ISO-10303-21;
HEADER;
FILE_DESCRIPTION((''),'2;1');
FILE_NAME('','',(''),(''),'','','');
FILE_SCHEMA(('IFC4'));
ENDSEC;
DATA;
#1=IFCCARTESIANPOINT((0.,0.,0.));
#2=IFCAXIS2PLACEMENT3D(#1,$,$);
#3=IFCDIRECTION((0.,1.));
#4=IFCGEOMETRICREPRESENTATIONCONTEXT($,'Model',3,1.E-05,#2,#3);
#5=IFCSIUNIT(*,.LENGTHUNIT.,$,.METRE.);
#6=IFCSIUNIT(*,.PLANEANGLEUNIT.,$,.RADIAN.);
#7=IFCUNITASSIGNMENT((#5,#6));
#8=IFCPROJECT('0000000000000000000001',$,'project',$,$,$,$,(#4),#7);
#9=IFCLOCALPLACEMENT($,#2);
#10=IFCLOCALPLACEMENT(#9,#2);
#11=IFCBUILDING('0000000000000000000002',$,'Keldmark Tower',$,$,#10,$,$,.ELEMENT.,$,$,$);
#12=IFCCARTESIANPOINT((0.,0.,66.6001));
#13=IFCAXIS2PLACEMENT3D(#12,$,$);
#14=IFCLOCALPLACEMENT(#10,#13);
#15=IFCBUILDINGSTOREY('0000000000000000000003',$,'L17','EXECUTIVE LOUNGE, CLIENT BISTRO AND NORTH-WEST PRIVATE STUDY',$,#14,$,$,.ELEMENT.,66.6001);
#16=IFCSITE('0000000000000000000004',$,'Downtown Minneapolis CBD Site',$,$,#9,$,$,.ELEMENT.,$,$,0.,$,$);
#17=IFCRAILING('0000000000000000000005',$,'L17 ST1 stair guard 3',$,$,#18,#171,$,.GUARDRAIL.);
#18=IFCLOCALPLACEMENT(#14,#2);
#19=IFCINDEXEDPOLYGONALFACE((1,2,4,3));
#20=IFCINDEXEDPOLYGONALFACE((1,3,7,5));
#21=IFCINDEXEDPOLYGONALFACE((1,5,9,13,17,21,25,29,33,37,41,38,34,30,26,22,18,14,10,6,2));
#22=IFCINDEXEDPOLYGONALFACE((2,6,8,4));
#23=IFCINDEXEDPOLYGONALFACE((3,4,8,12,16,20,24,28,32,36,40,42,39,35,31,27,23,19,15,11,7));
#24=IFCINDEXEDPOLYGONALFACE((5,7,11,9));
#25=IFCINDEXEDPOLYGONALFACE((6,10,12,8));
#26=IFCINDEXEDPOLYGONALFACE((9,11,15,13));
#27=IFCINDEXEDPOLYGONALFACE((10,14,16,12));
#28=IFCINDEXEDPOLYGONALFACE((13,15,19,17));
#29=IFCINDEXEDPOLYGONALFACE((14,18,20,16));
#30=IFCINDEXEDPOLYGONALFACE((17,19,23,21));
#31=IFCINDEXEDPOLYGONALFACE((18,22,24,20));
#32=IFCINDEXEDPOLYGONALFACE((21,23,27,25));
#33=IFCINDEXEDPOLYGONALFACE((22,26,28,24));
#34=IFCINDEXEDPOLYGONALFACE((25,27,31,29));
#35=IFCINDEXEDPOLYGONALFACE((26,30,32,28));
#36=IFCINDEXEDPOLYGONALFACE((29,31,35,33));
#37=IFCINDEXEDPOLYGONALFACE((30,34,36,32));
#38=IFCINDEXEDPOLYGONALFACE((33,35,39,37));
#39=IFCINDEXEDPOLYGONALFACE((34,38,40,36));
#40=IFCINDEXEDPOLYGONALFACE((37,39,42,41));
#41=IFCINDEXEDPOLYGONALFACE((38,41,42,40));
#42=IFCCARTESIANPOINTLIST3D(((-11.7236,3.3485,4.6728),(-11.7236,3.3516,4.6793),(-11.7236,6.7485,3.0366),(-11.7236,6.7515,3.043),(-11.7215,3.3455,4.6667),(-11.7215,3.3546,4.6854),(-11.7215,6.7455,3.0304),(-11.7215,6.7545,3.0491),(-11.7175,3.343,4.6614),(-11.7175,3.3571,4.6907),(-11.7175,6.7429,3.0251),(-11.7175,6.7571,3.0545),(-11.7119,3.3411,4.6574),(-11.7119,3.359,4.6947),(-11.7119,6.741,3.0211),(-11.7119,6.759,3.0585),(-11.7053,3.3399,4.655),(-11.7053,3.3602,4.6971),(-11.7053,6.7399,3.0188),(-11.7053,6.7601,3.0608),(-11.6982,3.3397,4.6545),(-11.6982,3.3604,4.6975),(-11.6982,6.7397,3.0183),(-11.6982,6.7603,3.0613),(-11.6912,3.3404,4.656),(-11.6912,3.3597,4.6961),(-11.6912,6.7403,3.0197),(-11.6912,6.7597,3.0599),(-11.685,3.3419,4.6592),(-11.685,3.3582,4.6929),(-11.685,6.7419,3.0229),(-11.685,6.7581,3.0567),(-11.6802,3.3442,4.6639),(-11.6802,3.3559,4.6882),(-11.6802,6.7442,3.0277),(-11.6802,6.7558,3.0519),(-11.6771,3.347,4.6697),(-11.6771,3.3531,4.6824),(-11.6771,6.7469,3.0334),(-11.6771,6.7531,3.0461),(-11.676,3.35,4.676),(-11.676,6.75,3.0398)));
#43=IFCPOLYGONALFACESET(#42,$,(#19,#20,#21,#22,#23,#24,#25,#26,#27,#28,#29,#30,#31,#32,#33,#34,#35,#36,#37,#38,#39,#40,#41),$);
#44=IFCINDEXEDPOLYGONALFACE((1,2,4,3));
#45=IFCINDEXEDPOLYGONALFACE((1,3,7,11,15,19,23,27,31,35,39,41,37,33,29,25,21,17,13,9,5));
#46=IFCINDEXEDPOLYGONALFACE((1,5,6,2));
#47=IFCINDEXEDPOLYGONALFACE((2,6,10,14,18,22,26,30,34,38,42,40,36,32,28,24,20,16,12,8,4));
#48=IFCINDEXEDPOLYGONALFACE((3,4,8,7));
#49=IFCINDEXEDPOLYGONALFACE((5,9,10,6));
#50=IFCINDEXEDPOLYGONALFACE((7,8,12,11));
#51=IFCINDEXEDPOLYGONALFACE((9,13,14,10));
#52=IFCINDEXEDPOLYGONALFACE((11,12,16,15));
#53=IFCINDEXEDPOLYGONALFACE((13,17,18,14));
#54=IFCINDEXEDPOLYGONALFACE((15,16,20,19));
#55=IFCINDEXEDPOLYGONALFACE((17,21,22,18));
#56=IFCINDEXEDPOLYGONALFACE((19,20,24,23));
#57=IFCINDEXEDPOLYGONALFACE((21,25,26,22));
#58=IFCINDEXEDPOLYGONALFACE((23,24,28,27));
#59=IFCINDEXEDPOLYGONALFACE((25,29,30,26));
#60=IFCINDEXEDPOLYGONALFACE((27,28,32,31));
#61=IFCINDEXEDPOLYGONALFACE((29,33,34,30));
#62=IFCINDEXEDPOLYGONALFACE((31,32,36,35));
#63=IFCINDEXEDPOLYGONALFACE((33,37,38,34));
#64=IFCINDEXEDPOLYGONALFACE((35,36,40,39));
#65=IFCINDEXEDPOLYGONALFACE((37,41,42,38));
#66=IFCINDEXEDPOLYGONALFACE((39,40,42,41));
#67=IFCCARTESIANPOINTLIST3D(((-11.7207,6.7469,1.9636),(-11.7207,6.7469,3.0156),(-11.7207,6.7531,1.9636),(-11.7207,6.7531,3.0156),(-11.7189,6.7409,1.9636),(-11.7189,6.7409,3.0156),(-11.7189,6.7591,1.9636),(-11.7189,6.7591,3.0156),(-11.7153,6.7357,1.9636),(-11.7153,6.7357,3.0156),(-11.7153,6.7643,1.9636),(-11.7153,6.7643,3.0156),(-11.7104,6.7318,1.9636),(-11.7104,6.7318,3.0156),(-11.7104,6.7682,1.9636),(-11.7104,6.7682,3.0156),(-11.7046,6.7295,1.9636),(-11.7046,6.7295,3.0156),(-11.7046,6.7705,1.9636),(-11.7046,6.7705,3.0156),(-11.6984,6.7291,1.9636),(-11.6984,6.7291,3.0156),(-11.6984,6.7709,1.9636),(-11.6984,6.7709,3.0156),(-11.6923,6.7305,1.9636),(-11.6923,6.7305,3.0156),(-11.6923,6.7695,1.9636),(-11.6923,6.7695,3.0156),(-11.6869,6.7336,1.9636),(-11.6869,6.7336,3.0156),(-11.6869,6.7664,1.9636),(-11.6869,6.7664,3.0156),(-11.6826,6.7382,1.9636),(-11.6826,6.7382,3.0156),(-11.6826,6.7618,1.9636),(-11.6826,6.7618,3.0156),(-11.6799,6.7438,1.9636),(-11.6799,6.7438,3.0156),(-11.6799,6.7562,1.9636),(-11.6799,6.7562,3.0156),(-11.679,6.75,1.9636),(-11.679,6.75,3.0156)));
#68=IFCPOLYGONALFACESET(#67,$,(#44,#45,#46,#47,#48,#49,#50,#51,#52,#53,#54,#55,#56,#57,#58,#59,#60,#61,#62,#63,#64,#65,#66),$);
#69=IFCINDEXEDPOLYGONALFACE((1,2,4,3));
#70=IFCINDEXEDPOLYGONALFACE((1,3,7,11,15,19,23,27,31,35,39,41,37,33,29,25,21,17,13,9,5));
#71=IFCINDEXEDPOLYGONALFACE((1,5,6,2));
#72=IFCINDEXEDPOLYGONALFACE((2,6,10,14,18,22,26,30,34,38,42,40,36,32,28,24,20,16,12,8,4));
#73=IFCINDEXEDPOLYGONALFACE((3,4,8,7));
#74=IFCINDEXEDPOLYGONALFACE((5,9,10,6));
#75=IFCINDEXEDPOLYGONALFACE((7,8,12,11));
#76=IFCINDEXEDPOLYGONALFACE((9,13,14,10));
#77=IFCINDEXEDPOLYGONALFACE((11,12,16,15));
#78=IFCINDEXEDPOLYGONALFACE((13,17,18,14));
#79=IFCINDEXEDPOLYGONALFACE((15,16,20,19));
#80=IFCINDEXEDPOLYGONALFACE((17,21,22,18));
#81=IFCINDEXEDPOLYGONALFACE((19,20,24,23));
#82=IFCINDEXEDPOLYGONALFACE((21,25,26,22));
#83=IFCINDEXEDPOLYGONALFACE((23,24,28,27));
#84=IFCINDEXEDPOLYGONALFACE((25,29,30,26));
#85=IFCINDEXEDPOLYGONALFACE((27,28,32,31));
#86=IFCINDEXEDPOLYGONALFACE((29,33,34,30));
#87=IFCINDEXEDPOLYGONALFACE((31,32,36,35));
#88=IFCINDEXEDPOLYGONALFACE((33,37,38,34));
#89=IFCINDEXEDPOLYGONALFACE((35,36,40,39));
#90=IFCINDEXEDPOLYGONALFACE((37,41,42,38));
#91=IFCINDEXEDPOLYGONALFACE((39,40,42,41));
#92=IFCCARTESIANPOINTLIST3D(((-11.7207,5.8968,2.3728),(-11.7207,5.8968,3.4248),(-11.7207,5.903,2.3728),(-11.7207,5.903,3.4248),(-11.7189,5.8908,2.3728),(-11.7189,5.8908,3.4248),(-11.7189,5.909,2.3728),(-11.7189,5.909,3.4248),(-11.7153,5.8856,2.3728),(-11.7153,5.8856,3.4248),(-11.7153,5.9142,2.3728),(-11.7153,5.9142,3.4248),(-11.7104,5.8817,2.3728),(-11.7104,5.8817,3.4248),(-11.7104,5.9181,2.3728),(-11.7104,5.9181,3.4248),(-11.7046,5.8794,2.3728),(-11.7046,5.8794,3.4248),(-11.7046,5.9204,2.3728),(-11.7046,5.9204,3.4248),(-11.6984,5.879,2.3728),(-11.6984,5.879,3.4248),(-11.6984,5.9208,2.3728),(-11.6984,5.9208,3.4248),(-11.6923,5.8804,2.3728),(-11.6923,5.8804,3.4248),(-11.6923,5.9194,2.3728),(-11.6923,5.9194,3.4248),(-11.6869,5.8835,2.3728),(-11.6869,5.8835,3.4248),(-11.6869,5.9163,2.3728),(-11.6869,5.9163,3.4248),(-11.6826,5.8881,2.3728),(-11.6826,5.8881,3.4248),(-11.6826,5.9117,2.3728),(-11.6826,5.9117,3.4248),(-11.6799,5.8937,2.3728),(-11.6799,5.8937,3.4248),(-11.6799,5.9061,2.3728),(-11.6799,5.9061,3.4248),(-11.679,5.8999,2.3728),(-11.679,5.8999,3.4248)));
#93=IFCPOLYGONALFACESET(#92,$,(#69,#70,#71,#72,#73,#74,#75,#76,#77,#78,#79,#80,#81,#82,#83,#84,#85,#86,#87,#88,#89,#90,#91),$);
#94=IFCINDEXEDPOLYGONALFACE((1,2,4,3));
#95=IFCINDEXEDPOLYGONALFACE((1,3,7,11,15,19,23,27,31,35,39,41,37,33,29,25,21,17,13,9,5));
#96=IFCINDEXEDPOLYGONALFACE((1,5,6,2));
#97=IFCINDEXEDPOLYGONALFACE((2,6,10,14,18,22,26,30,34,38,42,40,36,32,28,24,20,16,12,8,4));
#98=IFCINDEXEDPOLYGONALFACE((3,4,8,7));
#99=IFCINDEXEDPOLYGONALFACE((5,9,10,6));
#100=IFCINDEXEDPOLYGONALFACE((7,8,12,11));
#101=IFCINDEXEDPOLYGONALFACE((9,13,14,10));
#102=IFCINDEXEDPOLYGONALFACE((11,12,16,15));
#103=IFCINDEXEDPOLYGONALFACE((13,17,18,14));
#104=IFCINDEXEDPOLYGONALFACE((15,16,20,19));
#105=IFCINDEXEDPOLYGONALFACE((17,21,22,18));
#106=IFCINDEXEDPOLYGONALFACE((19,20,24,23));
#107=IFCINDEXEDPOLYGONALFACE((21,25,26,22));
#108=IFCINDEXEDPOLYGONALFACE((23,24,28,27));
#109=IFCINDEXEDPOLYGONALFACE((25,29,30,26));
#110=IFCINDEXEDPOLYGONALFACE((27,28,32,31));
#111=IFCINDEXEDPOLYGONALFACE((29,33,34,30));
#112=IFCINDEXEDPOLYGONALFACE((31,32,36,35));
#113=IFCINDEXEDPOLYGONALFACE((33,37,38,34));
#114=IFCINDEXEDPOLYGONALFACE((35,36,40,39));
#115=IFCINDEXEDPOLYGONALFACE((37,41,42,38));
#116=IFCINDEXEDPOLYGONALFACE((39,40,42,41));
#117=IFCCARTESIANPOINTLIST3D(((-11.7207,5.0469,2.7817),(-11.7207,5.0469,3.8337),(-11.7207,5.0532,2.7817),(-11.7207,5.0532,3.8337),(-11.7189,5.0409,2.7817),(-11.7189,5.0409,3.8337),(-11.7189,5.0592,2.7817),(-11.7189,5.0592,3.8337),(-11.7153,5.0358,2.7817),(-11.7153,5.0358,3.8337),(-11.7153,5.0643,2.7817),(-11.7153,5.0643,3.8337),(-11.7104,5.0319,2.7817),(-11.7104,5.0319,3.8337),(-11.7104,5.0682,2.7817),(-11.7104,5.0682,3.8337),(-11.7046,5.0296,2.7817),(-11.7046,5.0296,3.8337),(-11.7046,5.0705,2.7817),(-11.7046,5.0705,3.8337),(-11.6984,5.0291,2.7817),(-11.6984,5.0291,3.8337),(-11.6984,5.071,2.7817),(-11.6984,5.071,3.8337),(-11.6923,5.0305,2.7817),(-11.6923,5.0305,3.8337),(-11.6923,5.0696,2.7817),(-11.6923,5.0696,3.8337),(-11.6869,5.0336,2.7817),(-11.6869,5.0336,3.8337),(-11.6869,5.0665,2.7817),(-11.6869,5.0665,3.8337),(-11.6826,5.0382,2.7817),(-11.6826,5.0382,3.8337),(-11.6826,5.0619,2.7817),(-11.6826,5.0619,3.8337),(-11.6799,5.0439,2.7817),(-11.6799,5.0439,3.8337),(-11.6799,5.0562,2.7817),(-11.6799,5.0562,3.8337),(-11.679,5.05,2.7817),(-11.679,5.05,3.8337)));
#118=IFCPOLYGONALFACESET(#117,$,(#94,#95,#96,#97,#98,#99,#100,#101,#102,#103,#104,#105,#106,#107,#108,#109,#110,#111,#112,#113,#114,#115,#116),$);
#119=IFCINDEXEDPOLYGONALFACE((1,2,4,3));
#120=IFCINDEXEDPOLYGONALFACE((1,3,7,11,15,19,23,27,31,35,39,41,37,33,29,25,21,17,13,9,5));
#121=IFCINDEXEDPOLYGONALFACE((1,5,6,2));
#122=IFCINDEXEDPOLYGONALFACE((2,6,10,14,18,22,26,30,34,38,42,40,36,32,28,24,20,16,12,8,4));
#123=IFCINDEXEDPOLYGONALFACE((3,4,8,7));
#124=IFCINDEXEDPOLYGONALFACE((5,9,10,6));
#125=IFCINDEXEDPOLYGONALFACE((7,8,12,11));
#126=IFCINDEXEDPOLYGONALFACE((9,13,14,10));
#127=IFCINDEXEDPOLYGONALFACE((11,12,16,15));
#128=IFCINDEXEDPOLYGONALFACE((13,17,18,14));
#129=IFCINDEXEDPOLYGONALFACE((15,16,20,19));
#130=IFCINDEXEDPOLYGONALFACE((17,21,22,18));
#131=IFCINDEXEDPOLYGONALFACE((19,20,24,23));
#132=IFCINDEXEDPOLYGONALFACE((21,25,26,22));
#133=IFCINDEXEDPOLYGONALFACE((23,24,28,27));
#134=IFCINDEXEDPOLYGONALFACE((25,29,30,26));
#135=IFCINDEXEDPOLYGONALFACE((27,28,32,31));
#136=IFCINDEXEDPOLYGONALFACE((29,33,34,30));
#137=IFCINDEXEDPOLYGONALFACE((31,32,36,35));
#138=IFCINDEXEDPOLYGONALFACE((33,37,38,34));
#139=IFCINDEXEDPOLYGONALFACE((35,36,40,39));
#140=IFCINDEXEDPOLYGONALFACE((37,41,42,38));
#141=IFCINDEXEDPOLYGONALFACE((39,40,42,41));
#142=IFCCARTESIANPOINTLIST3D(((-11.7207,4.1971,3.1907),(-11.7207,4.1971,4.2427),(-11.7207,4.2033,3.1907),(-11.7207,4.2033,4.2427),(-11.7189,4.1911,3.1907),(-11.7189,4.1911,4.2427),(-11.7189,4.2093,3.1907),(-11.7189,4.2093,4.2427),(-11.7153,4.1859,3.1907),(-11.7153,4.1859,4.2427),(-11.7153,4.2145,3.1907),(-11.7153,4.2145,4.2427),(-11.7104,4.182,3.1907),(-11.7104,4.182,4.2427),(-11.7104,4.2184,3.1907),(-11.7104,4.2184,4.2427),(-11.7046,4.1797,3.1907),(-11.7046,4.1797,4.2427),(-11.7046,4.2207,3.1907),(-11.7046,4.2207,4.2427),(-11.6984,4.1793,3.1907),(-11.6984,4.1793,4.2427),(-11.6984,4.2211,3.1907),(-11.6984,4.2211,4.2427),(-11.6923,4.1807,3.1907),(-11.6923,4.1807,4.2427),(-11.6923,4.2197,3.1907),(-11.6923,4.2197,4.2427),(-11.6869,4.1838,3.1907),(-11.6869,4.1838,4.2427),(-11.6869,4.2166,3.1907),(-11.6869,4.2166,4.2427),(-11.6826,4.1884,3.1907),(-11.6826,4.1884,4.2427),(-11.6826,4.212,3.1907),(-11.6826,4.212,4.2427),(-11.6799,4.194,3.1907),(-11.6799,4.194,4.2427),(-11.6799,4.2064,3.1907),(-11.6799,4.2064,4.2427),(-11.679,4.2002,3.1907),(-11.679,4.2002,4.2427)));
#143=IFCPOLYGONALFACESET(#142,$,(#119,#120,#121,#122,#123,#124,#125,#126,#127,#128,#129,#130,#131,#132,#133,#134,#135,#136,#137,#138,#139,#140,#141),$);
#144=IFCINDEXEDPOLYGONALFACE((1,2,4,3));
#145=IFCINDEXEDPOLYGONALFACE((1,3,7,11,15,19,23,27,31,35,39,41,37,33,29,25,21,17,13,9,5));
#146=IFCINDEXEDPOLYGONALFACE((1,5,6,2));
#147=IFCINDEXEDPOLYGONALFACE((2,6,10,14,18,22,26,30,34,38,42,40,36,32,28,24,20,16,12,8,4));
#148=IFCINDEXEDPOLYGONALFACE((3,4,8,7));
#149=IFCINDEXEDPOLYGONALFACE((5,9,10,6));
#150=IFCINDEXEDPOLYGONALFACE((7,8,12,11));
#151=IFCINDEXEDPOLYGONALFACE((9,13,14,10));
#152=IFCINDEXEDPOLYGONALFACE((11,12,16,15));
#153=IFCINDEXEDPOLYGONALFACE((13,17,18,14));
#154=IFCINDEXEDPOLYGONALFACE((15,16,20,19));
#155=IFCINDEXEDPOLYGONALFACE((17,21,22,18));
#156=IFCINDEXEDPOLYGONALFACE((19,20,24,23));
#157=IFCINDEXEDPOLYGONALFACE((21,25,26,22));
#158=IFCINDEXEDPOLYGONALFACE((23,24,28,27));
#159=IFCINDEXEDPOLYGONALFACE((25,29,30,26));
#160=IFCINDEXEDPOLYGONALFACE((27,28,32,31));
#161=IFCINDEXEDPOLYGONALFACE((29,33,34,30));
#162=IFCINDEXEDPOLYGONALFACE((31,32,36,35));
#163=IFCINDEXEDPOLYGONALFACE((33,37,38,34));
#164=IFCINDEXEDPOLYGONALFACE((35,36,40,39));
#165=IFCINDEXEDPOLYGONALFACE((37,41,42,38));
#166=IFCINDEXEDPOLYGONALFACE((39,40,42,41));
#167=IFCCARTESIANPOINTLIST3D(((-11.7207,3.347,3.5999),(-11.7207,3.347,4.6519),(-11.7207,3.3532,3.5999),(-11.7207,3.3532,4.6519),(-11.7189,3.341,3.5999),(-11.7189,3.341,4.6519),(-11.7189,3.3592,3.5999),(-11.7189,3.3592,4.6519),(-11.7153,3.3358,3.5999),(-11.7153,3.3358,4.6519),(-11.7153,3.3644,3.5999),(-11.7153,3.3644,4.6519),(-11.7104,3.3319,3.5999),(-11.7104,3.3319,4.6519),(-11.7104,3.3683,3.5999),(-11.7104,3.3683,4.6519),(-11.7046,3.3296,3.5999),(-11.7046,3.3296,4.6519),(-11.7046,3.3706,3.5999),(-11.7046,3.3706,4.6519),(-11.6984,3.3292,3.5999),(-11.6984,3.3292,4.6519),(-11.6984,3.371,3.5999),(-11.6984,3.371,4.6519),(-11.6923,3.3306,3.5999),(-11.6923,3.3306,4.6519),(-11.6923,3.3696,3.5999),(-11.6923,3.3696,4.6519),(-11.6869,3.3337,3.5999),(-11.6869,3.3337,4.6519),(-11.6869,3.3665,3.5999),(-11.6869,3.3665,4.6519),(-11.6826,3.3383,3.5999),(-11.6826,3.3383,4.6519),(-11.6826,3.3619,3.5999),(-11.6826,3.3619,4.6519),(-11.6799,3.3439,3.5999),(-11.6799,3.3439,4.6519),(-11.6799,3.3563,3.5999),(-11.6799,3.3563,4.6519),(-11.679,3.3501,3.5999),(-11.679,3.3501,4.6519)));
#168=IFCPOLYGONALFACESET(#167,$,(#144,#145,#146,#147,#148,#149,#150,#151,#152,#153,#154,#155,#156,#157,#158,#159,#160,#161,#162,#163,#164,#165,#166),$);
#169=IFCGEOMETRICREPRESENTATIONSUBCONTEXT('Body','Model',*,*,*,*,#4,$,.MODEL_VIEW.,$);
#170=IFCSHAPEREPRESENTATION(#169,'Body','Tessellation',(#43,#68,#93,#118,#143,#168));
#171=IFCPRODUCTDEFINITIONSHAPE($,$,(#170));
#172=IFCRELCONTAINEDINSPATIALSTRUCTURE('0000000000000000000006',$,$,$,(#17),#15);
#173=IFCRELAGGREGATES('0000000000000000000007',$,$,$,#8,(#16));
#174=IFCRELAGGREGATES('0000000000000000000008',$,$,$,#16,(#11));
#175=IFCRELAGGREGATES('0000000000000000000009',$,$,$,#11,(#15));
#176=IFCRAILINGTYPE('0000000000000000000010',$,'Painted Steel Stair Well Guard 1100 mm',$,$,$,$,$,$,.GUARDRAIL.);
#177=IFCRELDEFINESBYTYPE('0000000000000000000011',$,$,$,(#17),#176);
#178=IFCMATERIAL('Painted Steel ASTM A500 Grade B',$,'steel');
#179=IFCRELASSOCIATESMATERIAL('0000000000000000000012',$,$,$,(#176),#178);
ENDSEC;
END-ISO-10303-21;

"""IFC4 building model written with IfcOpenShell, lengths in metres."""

from ifc_helpers import new_model, si_unit, direction, frame, origin, origin_2d, place, context, subcontext, project, spatial, circle, extrude, material, type_object, element, save


model = new_model("IFC4")

# Units and contexts
model_context = context("Model", 3, precision=1e-05, world=origin(), true_north=direction((0.0, 1.0)))
body_context = subcontext(model_context, "Body", "Model", "MODEL_VIEW")
ifc_project = project(units=[si_unit("LENGTHUNIT", "METRE"), si_unit("PLANEANGLEUNIT", "RADIAN")], contexts=[model_context])

# Site, building, storey
site_placement = place(None, origin())
site = spatial("IfcSite", under=ifc_project, at=site_placement, Name="Downtown Minneapolis CBD Site", CompositionType="ELEMENT", RefElevation=0.0)
building_placement = place(site_placement, origin())
building = spatial("IfcBuilding", under=site, at=building_placement, Name="Keldmark Tower", CompositionType="ELEMENT")
storey_placement = place(building_placement, frame((0.0, 0.0, 66.6001)))
storey = spatial("IfcBuildingStorey", under=building, at=storey_placement, Name="L17", Description="EXECUTIVE LOUNGE, CLIENT BISTRO AND NORTH-WEST PRIVATE STUDY", CompositionType="ELEMENT", Elevation=66.6001)

# Railing
ifc_material_1 = material(Name="Painted Steel ASTM A500 Grade B", Category="steel")
railing_type_1 = type_object("IfcRailingType", Name="Painted Steel Stair Well Guard 1100 mm", PredefinedType="GUARDRAIL", material=ifc_material_1)
railing_1_placement = place(storey_placement, frame((-11.7, 6.75, 1.9636)))
element("IfcRailing", 1, at=railing_1_placement, inside=storey, type_object=railing_type_1, Name="L17 ST1 stair guard 3", PredefinedType="GUARDRAIL", context=body_context, shape_type="SweptSolid", body=[
    extrude(circle(Radius=0.0239, at=origin_2d()), frame((0.0, 0.0, 1.0762), z_axis=(0.0, -0.90108, 0.433652), x_axis=(1.0, 0.0, 0.0)), (0.0, 0.0, 1.0), 3.7732),
    extrude(circle(Radius=0.021, at=origin_2d()), origin(), (0.0, 0.0, 1.0), 1.052),
    extrude(circle(Radius=0.021, at=origin_2d()), frame((0.0, -0.8501, 0.4092)), (0.0, 0.0, 1.0), 1.052),
    extrude(circle(Radius=0.021, at=origin_2d()), frame((0.0, -1.7, 0.8181)), (0.0, 0.0, 1.0), 1.052),
    extrude(circle(Radius=0.021, at=origin_2d()), frame((0.0, -2.5498, 1.2271)), (0.0, 0.0, 1.0), 1.052),
    extrude(circle(Radius=0.021, at=origin_2d()), frame((0.0, -3.3999, 1.6362)), (0.0, 0.0, 1.0), 1.052),
])

save(model, "model.ifc")
